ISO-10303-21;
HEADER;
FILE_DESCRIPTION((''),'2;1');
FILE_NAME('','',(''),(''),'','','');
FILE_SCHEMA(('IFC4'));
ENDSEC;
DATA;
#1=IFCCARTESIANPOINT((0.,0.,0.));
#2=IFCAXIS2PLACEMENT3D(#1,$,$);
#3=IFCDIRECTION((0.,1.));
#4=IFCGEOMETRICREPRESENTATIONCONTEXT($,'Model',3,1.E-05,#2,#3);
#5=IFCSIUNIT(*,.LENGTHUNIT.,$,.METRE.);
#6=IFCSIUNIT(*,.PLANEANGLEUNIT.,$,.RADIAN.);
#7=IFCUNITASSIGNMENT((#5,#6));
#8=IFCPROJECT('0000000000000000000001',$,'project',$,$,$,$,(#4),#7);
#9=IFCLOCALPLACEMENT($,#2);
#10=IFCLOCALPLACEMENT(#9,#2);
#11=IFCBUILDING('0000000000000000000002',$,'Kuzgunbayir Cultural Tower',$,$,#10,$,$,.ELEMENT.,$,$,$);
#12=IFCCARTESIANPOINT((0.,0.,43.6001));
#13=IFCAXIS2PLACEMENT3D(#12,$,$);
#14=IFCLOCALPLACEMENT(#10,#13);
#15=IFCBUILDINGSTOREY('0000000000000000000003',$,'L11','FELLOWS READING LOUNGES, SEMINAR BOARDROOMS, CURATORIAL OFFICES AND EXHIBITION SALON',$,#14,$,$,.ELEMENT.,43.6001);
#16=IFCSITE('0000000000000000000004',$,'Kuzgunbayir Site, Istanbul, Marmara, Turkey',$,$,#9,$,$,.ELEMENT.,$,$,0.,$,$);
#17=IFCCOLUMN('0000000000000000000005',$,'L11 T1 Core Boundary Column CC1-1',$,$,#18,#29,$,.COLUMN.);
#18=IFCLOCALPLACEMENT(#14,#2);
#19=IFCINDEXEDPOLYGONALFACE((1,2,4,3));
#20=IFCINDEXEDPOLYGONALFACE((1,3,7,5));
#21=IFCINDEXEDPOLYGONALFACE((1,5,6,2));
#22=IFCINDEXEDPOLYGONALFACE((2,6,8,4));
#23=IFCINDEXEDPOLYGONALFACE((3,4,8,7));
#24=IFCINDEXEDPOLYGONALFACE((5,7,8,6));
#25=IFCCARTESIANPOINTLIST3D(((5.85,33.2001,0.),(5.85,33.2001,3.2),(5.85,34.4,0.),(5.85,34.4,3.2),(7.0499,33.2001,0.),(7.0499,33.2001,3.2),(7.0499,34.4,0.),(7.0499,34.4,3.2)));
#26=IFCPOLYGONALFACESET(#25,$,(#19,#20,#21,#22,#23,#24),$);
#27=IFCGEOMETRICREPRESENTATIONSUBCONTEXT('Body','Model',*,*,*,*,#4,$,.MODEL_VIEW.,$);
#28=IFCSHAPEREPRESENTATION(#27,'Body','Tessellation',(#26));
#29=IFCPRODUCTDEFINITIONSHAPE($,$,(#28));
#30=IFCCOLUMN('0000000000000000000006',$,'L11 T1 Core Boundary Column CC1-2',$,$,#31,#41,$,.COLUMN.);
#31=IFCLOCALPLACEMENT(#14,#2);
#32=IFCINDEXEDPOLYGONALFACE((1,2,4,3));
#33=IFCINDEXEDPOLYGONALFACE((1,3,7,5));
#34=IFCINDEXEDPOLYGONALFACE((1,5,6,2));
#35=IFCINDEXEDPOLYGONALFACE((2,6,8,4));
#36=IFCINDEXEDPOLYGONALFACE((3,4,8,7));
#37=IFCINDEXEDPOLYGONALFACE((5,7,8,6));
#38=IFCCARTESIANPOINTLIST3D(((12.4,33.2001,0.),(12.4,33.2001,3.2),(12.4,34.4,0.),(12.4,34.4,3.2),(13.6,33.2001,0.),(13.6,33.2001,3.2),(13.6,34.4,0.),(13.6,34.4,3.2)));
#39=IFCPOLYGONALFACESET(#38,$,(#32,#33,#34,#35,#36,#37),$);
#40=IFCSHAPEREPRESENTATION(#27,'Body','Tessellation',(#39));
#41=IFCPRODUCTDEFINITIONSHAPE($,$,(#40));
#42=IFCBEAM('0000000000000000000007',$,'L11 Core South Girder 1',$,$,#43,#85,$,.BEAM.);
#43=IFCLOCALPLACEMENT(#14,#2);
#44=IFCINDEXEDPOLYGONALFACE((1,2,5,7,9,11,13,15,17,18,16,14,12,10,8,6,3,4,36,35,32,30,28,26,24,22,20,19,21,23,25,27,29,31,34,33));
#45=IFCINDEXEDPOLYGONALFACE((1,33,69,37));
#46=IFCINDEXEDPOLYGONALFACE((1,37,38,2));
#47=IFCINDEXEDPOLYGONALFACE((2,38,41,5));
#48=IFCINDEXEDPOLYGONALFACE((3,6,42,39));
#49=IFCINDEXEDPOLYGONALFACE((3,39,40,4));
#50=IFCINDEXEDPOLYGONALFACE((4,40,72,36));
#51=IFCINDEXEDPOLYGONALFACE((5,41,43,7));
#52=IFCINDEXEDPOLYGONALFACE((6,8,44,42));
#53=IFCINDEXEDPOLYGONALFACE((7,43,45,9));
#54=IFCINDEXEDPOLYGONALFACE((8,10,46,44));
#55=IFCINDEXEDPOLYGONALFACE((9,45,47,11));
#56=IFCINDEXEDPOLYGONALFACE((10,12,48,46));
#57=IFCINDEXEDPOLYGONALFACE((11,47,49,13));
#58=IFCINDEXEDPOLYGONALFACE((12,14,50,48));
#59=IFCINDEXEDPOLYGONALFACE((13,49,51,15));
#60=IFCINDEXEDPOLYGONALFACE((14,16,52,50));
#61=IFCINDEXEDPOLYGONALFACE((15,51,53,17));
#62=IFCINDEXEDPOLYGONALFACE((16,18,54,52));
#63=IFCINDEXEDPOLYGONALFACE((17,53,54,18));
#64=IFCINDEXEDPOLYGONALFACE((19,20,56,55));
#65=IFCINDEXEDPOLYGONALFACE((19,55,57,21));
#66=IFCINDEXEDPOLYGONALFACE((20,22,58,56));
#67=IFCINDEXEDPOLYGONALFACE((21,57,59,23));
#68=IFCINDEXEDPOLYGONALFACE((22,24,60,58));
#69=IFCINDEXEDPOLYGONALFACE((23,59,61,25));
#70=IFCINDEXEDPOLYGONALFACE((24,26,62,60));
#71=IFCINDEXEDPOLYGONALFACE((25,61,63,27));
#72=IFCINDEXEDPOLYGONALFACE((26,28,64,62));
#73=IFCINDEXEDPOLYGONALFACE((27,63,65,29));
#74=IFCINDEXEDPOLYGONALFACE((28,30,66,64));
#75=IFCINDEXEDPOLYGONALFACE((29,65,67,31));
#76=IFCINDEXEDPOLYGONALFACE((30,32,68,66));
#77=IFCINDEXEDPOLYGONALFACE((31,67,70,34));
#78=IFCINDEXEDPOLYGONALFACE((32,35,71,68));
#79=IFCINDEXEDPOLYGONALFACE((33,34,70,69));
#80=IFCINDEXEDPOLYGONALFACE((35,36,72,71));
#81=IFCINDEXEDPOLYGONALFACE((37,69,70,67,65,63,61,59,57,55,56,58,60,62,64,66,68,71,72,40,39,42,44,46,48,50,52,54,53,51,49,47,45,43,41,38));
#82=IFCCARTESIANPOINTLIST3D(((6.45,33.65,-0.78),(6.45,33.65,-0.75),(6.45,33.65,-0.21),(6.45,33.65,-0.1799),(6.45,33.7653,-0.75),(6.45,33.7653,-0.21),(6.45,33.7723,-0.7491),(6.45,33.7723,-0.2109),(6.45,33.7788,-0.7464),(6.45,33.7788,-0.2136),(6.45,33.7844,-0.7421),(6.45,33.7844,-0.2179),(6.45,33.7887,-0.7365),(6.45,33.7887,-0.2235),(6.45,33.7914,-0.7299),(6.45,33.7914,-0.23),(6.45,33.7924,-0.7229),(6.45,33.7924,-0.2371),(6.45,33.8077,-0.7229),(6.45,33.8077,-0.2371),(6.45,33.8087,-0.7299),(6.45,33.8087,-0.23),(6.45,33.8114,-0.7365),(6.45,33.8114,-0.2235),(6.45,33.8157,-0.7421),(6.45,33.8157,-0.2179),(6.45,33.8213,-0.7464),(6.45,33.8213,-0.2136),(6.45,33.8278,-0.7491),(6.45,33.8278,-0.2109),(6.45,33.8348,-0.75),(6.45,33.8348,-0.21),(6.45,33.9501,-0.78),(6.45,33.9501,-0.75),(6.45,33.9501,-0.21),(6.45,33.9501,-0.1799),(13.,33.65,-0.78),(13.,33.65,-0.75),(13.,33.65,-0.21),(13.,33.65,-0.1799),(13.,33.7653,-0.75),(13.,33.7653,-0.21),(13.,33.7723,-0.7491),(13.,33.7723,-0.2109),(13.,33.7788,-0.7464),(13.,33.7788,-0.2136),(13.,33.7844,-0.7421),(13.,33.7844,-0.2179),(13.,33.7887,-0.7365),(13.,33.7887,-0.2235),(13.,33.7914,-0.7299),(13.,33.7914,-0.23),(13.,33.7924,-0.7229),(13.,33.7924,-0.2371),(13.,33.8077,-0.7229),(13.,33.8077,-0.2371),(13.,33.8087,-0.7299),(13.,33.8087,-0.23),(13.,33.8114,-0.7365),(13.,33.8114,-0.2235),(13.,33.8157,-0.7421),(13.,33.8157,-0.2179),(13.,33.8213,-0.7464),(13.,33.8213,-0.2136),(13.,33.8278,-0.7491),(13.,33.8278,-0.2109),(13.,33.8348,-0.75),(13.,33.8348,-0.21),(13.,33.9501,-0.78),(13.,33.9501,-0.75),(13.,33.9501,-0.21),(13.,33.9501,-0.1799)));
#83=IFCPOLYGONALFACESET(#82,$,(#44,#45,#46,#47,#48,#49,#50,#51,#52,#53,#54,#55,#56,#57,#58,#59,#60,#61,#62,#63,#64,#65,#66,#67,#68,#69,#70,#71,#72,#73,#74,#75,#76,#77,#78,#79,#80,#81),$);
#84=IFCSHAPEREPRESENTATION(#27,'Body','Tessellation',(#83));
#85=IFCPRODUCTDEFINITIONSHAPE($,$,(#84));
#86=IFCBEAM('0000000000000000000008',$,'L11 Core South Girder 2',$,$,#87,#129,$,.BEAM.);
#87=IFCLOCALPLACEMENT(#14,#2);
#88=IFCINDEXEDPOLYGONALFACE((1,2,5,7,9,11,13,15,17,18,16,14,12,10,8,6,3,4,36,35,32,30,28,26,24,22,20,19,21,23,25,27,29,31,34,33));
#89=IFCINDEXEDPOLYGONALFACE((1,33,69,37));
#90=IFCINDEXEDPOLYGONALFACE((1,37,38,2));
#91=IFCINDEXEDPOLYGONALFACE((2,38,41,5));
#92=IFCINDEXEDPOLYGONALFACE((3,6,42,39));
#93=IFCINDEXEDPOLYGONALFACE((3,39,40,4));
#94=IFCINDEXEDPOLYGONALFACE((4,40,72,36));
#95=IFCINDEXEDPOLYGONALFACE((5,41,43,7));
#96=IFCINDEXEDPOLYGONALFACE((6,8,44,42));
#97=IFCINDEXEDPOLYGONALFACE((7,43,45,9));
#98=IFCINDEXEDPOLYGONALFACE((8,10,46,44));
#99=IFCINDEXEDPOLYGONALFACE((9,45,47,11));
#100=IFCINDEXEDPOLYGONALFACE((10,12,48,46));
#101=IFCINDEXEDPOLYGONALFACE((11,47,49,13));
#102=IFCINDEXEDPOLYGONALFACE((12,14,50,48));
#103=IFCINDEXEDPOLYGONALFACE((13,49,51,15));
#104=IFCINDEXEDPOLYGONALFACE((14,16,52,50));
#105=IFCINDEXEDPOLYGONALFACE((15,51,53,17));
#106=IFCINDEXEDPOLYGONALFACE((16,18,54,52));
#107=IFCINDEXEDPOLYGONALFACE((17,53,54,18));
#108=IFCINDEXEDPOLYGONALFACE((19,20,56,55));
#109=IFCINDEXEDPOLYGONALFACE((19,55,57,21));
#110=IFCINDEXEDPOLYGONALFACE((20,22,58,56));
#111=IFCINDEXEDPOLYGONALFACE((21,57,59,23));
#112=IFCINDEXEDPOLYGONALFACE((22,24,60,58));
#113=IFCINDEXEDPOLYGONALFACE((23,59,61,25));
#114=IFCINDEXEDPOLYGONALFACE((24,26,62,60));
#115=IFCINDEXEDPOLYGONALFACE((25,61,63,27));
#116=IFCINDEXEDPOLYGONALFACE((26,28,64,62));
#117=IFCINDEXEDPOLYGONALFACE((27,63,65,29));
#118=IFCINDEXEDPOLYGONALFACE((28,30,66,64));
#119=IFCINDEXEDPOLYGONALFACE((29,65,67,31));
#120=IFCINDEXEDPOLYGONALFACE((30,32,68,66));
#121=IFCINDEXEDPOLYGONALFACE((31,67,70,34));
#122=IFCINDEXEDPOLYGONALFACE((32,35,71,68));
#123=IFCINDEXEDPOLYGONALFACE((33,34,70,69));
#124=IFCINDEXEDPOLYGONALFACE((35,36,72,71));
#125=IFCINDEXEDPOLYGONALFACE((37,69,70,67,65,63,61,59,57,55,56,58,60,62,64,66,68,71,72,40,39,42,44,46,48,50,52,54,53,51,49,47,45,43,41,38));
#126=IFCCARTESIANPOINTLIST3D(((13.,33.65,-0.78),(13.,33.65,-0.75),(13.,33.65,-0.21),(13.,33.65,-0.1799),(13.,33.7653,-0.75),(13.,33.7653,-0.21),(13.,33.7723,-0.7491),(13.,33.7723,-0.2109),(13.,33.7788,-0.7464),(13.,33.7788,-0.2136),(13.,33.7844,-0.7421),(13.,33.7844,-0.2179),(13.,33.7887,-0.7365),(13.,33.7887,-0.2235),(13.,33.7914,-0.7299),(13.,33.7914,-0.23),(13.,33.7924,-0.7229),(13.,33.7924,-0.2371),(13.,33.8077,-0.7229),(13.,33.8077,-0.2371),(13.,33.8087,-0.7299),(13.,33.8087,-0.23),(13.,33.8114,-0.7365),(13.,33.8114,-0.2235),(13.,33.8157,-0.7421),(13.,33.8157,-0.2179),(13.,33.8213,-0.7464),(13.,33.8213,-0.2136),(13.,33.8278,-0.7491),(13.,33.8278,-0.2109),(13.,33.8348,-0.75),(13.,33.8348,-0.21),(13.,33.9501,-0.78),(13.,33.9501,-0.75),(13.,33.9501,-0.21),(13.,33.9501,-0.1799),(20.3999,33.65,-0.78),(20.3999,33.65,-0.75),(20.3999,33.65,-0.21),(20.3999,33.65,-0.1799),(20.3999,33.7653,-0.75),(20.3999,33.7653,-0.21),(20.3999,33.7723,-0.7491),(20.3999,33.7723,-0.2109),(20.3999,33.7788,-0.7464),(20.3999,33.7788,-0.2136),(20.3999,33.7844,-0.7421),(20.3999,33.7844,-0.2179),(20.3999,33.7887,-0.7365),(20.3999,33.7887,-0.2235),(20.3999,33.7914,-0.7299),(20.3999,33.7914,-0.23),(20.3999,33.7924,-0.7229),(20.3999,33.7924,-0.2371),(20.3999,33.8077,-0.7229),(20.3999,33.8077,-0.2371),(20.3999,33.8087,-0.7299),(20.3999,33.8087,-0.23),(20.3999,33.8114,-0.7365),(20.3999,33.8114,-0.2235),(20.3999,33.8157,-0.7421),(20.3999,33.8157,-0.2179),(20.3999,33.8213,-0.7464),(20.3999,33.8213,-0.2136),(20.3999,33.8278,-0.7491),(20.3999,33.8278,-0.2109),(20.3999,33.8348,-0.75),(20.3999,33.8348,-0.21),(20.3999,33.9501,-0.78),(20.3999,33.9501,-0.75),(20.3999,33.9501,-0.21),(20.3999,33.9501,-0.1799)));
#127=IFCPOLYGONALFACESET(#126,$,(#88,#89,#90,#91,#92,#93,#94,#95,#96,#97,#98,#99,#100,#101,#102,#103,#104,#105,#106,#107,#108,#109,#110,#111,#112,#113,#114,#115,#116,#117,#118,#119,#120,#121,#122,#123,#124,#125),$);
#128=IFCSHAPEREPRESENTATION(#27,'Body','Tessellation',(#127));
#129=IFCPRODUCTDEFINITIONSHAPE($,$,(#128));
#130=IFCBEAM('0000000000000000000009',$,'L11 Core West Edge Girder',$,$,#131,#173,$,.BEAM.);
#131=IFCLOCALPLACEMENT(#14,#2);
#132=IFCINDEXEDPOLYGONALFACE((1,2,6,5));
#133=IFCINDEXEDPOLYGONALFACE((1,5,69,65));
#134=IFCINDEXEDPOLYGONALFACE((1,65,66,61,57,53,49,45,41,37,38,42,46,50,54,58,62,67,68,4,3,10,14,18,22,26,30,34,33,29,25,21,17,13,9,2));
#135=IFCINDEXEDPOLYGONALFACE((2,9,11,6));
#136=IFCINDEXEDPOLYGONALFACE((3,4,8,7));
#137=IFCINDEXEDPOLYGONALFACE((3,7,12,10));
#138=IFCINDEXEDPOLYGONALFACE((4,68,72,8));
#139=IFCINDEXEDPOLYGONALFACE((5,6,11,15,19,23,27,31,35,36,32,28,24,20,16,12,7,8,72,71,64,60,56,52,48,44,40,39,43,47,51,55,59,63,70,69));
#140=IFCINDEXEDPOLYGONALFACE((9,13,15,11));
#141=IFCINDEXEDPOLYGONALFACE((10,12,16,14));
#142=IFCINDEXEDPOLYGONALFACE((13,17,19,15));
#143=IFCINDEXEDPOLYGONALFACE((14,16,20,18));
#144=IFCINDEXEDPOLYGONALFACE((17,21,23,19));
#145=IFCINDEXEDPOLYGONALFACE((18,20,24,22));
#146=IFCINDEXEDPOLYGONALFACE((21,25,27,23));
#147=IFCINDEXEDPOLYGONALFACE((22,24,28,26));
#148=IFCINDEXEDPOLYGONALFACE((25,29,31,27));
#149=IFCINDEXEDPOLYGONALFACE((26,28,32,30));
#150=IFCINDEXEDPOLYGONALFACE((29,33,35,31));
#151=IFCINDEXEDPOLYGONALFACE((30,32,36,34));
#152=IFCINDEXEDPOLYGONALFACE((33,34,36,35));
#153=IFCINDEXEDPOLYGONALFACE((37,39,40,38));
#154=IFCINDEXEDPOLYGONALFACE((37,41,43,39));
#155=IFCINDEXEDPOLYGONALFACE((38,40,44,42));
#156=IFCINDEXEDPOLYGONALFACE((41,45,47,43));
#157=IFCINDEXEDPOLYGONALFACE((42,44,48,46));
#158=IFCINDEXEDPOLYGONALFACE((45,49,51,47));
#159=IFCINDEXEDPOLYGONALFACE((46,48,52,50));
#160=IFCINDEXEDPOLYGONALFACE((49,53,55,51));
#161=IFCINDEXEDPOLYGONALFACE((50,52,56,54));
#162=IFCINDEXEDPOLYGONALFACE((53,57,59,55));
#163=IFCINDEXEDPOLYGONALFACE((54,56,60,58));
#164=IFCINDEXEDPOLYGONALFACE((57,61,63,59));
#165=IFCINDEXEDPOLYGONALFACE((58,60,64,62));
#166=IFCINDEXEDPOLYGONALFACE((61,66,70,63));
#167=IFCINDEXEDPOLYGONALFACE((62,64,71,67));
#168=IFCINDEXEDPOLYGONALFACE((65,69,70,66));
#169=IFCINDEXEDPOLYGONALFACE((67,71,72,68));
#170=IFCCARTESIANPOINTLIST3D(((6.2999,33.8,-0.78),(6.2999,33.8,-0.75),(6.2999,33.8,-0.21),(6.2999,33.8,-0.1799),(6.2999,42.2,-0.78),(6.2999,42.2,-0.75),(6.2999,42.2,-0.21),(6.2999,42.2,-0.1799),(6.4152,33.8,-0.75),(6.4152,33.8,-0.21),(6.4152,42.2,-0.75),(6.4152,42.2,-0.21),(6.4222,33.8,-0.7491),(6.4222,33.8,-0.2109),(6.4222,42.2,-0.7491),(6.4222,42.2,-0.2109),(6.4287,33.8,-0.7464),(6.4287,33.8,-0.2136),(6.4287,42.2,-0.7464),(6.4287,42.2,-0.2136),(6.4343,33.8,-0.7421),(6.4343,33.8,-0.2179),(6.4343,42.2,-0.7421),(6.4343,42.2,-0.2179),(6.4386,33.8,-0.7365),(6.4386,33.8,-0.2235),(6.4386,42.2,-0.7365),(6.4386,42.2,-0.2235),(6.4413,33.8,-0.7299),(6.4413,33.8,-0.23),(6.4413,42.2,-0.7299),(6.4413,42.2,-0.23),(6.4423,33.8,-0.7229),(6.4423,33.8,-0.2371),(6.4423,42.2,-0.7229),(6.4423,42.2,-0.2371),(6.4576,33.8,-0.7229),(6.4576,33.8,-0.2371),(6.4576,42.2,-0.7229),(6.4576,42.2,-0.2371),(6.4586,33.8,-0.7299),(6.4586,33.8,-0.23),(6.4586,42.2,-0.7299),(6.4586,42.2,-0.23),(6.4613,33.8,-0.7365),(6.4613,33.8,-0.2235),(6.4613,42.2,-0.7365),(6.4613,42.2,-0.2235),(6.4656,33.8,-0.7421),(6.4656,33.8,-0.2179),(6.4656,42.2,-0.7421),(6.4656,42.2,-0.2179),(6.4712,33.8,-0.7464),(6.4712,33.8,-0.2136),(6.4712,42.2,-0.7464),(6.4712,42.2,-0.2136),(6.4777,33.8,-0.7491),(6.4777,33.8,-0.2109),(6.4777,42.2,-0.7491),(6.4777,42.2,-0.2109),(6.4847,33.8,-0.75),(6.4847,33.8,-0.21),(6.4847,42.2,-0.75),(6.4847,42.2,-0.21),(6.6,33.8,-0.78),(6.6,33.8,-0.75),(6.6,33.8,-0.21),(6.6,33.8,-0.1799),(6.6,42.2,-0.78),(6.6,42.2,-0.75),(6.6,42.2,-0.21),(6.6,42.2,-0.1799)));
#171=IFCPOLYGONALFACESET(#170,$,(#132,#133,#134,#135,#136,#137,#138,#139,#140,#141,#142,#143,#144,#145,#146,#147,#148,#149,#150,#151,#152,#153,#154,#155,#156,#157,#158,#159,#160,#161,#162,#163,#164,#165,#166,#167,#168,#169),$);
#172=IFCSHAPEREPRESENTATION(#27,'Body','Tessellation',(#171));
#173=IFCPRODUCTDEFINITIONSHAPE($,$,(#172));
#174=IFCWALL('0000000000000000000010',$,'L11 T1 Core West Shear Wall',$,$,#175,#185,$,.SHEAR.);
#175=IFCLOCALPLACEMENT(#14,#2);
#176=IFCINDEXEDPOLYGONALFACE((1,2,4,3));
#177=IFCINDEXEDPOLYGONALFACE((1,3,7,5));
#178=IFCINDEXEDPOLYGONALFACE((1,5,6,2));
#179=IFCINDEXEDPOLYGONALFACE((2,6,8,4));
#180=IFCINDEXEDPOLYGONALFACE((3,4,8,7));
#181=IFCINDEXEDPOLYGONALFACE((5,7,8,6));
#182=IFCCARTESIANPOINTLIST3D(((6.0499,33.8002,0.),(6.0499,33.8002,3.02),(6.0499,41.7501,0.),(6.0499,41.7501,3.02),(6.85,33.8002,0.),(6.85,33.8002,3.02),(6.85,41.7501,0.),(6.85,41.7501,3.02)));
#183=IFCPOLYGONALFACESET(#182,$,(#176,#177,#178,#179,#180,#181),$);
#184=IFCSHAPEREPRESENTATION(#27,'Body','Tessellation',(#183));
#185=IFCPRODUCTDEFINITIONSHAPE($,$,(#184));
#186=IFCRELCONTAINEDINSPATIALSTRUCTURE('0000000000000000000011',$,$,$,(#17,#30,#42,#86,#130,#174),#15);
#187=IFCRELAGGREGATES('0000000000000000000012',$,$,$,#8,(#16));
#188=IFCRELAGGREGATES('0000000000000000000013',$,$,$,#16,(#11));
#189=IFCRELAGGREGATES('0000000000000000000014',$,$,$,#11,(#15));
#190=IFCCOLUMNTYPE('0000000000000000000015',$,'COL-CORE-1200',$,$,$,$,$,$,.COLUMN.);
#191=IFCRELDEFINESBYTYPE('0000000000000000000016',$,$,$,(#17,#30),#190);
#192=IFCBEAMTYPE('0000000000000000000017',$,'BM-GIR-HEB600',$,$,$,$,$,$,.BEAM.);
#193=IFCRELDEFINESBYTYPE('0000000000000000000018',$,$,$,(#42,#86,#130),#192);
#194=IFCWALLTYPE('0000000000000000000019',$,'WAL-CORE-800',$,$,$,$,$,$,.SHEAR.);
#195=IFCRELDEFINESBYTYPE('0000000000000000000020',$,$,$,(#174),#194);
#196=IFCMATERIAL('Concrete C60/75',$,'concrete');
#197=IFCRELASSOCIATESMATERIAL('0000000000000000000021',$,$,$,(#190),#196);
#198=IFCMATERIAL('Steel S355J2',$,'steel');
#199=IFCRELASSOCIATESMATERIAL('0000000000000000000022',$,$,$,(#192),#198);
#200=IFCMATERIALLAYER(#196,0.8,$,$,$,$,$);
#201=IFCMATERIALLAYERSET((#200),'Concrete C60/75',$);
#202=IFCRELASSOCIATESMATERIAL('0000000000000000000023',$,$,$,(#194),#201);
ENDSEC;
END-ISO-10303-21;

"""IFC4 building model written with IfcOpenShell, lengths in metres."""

from ifc_helpers import new_model, si_unit, direction, frame, frame_2d, origin, origin_2d, place, context, subcontext, project, spatial, rectangle, i_section, extrude, material, layer, layer_set, material_profile, profile_set, type_object, element, save


model = new_model("IFC4")

# Units and contexts
model_context = context("Model", 3, precision=1e-05, world=origin(), true_north=direction((0.0, 1.0)))
body_context = subcontext(model_context, "Body", "Model", "MODEL_VIEW")
ifc_project = project(units=[si_unit("LENGTHUNIT", "METRE"), si_unit("PLANEANGLEUNIT", "RADIAN")], contexts=[model_context])

# Site, building, storey
site_placement = place(None, origin())
site = spatial("IfcSite", under=ifc_project, at=site_placement, Name="Kuzgunbayir Site, Istanbul, Marmara, Turkey", CompositionType="ELEMENT", RefElevation=0.0)
building_placement = place(site_placement, origin())
building = spatial("IfcBuilding", under=site, at=building_placement, Name="Kuzgunbayir Cultural Tower", CompositionType="ELEMENT")
storey_placement = place(building_placement, frame((0.0, 0.0, 43.6001)))
storey = spatial("IfcBuildingStorey", under=building, at=storey_placement, Name="L11", Description="FELLOWS READING LOUNGES, SEMINAR BOARDROOMS, CURATORIAL OFFICES AND EXHIBITION SALON", CompositionType="ELEMENT", Elevation=43.6001)

# Columns
ifc_material_1 = material(Name="Concrete C60/75", Category="concrete")
ifc_material_profile_1 = material_profile(ifc_material_1, rectangle(XDim=1.2, YDim=1.2, at=origin_2d()), Name="RC 1200x1200")
ifc_profile_set_1 = profile_set([ifc_material_profile_1], Name="Concrete C60/75")
column_type = type_object("IfcColumnType", Name="COL-CORE-1200", PredefinedType="COLUMN", material=ifc_profile_set_1)
for number, where, z_axis, x_axis, name in (
    (1, (6.45, 33.8, 0.0), (0.0, 0.0, 1.0), (1.0, 0.0, 0.0), "L11 T1 Core Boundary Column CC1-1"),
    (2, (13.0, 33.8, 0.0), (0.0, 0.0, 1.0), (1.0, 0.0, 0.0), "L11 T1 Core Boundary Column CC1-2"),
):
    element("IfcColumn", number, at=place(storey_placement, frame(where, z_axis=z_axis, x_axis=x_axis)), inside=storey, type_object=column_type, Name=name, PredefinedType="COLUMN", context=body_context, shape_type="SweptSolid", body=[
        extrude(rectangle(XDim=1.2, YDim=1.2, at=origin_2d()), origin(), (0.0, 0.0, 1.0), 3.2),
    ])

# Beams
ifc_material_2 = material(Name="Steel S355J2", Category="steel")
ifc_material_profile_2 = material_profile(ifc_material_2, i_section(OverallWidth=0.3, OverallDepth=0.6001, WebThickness=0.0154, FlangeThickness=0.03, FilletRadius=0.0271, at=origin_2d()), Name="HEB 600")
ifc_profile_set_2 = profile_set([ifc_material_profile_2], Name="Steel S355J2")
beam_type = type_object("IfcBeamType", Name="BM-GIR-HEB600", PredefinedType="BEAM", material=ifc_profile_set_2)
beam_1_placement = place(storey_placement, frame((6.45, 33.8, -0.48), z_axis=(1.0, 0.0, 0.0), x_axis=(0.0, 1.0, 0.0)))
element("IfcBeam", 3, at=beam_1_placement, inside=storey, type_object=beam_type, Name="L11 Core South Girder 1", PredefinedType="BEAM", context=body_context, shape_type="SweptSolid", body=[
    extrude(i_section(OverallWidth=0.3, OverallDepth=0.6001, WebThickness=0.0154, FlangeThickness=0.03, FilletRadius=0.0271, at=origin_2d()), origin(), (0.0, 0.0, 1.0), 6.55),
])
beam_2_placement = place(storey_placement, frame((13.0, 33.8, -0.48), z_axis=(1.0, 0.0, 0.0), x_axis=(0.0, 1.0, 0.0)))
element("IfcBeam", 4, at=beam_2_placement, inside=storey, type_object=beam_type, Name="L11 Core South Girder 2", PredefinedType="BEAM", context=body_context, shape_type="SweptSolid", body=[
    extrude(i_section(OverallWidth=0.3, OverallDepth=0.6001, WebThickness=0.0154, FlangeThickness=0.03, FilletRadius=0.0271, at=origin_2d()), origin(), (0.0, 0.0, 1.0), 7.3999),
])
beam_3_placement = place(storey_placement, frame((6.45, 33.8, -0.48), z_axis=(0.0, 1.0, 0.0), x_axis=(-1.0, 0.0, 0.0)))
element("IfcBeam", 5, at=beam_3_placement, inside=storey, type_object=beam_type, Name="L11 Core West Edge Girder", PredefinedType="BEAM", context=body_context, shape_type="SweptSolid", body=[
    extrude(i_section(OverallWidth=0.3, OverallDepth=0.6001, WebThickness=0.0154, FlangeThickness=0.03, FilletRadius=0.0271, at=origin_2d()), origin(), (0.0, 0.0, 1.0), 8.3999),
])

# Wall
ifc_layer_1 = layer(ifc_material_1, 0.8)
ifc_layer_set_1 = layer_set([ifc_layer_1], Name="Concrete C60/75")
wall_type_1 = type_object("IfcWallType", Name="WAL-CORE-800", PredefinedType="SHEAR", material=ifc_layer_set_1)
wall_1_placement = place(storey_placement, frame((6.45, 33.8, 0.0), z_axis=(0.0, 0.0, 1.0), x_axis=(0.0, 1.0, 0.0)))
element("IfcWall", 6, at=wall_1_placement, inside=storey, type_object=wall_type_1, Name="L11 T1 Core West Shear Wall", PredefinedType="SHEAR", context=body_context, shape_type="SweptSolid", body=[
    extrude(rectangle(XDim=7.95, YDim=0.8, at=frame_2d((3.9751, 0.0))), origin(), (0.0, 0.0, 1.0), 3.02),
])

save(model, "model.ifc")
